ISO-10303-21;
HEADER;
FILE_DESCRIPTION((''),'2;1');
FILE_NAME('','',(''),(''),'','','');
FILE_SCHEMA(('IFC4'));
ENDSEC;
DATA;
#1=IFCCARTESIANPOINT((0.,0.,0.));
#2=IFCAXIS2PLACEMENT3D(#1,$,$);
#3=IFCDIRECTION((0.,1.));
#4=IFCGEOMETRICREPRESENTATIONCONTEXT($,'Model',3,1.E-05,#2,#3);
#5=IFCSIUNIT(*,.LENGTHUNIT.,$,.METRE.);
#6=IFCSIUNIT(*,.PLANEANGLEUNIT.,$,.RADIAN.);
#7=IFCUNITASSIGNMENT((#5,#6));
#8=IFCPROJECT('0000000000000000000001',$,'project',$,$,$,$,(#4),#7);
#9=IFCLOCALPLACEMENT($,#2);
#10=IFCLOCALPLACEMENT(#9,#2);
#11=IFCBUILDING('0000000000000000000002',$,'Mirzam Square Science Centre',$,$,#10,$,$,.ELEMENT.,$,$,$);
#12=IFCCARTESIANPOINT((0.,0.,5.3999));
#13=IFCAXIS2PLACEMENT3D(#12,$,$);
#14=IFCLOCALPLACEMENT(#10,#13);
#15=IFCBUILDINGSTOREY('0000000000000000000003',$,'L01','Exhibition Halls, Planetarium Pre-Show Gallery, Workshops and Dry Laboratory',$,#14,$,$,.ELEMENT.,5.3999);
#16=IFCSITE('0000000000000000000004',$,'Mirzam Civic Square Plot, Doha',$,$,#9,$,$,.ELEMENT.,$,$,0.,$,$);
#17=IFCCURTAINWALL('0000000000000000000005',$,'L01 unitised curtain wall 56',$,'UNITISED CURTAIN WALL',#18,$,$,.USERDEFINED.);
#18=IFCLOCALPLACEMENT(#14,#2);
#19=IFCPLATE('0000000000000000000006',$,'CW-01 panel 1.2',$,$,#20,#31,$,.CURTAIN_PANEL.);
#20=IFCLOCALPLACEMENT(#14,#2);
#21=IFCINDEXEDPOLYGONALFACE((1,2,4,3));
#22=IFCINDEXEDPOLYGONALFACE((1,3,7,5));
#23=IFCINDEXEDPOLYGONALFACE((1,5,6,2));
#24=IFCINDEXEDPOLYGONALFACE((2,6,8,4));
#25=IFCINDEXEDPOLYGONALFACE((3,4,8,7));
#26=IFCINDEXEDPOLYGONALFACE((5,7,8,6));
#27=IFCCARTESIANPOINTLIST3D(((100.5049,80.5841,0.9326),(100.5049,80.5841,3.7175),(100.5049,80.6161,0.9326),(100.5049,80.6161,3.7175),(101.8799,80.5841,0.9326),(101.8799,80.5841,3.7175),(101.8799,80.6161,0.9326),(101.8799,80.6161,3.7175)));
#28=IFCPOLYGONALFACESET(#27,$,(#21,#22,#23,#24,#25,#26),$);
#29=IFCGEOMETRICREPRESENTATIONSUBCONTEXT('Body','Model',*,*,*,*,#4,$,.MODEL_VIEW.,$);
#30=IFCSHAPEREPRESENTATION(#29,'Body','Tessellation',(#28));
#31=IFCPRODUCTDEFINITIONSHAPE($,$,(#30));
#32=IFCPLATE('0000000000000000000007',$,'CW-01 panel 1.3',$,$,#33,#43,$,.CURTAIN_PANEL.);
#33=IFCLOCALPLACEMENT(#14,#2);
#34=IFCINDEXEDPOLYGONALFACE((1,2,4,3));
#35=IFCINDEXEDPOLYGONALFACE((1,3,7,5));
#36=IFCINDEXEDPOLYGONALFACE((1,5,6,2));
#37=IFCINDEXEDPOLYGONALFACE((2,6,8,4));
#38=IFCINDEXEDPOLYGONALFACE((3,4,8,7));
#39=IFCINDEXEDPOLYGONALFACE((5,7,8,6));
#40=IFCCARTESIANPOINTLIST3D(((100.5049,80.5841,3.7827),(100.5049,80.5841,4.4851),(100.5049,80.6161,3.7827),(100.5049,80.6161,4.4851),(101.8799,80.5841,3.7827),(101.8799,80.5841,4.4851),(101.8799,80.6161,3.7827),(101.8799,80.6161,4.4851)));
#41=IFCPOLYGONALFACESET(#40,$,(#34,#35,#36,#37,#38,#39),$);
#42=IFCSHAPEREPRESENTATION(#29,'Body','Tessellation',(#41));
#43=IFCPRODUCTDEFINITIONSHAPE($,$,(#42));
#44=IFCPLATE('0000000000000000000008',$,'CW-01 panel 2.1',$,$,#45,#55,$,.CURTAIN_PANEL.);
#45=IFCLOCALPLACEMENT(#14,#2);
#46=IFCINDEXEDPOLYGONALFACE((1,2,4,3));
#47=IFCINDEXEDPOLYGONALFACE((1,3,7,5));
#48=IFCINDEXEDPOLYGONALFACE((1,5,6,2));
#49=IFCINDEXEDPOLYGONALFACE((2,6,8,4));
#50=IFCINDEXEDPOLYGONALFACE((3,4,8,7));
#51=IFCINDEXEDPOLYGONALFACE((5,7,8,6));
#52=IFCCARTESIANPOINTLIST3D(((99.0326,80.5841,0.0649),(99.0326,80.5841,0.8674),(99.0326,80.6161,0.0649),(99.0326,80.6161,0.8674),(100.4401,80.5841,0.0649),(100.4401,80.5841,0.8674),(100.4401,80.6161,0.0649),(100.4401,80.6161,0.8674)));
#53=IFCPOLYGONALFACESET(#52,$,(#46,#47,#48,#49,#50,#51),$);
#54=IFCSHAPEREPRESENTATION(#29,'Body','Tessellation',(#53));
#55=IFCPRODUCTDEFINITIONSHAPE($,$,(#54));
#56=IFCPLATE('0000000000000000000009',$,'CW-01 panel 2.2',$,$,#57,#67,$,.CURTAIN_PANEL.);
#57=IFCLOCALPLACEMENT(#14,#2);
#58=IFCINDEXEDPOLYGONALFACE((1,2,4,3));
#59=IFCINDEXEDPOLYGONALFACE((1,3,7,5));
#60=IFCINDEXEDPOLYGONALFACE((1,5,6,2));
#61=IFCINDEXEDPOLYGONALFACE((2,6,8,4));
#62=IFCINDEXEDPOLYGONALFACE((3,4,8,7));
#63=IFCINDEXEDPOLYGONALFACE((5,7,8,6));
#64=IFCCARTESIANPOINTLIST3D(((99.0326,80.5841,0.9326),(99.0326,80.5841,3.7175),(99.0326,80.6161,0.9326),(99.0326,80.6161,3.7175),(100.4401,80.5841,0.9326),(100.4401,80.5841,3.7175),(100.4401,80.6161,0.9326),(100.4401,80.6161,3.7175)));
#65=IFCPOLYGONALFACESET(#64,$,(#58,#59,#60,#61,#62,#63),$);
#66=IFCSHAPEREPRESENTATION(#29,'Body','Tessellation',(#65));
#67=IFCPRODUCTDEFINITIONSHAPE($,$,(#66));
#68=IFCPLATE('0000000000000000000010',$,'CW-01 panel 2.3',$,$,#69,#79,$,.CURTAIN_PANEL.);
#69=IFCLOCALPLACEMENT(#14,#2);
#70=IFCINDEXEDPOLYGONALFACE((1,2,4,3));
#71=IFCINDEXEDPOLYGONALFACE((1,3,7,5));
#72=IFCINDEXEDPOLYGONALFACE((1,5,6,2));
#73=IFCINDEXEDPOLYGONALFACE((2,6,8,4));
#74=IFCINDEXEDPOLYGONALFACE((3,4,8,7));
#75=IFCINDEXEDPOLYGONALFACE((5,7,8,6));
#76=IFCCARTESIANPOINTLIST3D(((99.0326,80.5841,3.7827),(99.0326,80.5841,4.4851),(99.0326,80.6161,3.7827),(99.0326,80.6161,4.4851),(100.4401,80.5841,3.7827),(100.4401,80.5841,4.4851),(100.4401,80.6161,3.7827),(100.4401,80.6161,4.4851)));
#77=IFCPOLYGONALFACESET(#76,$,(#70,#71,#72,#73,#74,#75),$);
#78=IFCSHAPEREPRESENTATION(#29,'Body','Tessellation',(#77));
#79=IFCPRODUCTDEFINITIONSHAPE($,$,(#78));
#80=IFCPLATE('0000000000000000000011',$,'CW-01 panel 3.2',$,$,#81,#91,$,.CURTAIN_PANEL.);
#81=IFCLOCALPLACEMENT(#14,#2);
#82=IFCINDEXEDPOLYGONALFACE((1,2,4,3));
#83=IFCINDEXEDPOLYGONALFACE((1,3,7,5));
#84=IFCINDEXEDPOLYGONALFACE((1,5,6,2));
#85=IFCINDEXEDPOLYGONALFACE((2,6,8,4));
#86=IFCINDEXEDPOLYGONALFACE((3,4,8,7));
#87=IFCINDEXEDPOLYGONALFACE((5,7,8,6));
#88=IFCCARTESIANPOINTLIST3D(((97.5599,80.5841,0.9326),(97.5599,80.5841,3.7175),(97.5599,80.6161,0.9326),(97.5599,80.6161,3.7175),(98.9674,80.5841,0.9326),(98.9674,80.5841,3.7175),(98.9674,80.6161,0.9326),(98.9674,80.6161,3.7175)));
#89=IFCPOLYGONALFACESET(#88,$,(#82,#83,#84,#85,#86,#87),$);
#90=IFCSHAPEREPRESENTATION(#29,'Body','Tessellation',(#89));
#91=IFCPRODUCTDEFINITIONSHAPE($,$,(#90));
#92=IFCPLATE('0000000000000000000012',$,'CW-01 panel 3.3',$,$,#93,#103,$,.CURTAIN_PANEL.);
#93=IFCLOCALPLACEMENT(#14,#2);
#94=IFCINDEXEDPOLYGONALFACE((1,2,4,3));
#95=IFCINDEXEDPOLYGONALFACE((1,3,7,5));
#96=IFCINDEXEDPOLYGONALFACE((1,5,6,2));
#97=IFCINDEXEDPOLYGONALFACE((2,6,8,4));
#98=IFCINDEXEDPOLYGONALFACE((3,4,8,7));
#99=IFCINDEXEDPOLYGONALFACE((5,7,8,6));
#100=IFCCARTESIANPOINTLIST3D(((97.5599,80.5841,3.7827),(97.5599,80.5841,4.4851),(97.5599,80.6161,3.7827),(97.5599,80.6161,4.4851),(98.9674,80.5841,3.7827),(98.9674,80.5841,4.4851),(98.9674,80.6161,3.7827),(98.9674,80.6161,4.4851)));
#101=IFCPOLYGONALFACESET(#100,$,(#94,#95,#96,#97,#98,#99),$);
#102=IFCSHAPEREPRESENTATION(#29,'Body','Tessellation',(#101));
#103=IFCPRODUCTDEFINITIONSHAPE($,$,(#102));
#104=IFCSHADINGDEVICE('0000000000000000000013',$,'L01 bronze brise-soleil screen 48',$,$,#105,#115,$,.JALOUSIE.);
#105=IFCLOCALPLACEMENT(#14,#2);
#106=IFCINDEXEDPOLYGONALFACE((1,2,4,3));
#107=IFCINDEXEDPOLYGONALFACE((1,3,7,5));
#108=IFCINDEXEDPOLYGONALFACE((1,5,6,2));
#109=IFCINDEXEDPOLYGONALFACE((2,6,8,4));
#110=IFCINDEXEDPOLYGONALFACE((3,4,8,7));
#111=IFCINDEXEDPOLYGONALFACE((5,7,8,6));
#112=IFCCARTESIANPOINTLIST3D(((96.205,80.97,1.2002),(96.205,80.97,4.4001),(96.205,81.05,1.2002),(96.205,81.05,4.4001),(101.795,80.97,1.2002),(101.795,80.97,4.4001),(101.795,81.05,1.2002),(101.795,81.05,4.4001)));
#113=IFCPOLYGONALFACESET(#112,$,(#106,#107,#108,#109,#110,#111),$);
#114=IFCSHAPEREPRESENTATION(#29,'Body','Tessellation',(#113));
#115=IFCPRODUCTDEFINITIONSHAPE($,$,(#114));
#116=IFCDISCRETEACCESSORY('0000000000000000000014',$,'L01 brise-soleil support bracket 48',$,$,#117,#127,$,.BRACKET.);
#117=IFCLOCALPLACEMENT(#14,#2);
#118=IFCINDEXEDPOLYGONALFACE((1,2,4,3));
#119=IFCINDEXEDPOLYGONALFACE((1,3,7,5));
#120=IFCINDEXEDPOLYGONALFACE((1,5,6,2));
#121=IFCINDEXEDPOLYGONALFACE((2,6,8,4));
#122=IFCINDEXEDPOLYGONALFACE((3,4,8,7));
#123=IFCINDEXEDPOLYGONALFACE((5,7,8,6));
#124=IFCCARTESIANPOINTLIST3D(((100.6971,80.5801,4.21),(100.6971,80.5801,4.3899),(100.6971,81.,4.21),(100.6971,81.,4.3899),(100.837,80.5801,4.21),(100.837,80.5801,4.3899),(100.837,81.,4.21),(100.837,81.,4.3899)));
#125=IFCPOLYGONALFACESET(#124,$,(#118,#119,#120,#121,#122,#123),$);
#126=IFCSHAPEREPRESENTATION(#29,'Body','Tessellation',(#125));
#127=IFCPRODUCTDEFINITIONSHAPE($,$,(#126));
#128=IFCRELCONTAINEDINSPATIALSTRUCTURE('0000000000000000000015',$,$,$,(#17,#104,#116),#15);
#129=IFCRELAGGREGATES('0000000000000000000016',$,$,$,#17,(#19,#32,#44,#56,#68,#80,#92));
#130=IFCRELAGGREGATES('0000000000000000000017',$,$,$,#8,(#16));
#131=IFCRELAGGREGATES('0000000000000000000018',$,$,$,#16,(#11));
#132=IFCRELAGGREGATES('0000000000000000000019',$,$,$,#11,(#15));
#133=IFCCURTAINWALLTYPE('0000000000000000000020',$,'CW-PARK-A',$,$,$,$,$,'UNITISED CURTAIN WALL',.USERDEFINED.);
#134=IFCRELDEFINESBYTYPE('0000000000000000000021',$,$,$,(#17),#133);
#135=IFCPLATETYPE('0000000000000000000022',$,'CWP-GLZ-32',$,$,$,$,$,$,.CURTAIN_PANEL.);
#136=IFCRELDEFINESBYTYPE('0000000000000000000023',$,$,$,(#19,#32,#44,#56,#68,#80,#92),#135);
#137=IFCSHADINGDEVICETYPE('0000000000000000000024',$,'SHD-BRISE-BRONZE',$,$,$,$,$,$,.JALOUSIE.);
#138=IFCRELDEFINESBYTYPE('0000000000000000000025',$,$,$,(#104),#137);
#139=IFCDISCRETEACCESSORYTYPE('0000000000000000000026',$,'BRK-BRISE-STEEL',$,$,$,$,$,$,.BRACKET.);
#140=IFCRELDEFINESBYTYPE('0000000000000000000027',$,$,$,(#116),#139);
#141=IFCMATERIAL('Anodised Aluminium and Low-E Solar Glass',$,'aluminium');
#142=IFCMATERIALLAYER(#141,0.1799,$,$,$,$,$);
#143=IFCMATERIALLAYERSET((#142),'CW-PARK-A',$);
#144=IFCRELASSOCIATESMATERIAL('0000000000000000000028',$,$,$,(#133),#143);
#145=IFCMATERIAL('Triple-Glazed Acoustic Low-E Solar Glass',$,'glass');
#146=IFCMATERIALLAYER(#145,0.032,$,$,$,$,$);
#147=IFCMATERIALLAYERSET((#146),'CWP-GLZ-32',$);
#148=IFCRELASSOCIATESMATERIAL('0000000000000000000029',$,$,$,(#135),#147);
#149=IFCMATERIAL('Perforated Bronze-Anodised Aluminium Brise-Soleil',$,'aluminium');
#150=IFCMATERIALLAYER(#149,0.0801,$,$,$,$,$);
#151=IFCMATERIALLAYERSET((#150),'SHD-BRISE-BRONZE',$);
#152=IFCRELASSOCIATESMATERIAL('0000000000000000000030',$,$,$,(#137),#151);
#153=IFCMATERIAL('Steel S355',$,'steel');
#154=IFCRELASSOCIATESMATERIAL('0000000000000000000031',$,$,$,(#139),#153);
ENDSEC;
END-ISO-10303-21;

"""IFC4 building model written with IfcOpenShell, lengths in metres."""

from ifc_helpers import new_model, si_unit, direction, frame, origin, origin_2d, place, context, subcontext, project, spatial, rectangle, extrude, material, layer, layer_set, type_object, element, aggregate, save


model = new_model("IFC4")

# Units and contexts
model_context = context("Model", 3, precision=1e-05, world=origin(), true_north=direction((0.0, 1.0)))
body_context = subcontext(model_context, "Body", "Model", "MODEL_VIEW")
ifc_project = project(units=[si_unit("LENGTHUNIT", "METRE"), si_unit("PLANEANGLEUNIT", "RADIAN")], contexts=[model_context])

# Site, building, storey
site_placement = place(None, origin())
site = spatial("IfcSite", under=ifc_project, at=site_placement, Name="Mirzam Civic Square Plot, Doha", CompositionType="ELEMENT", RefElevation=0.0)
building_placement = place(site_placement, origin())
building = spatial("IfcBuilding", under=site, at=building_placement, Name="Mirzam Square Science Centre", CompositionType="ELEMENT")
storey_placement = place(building_placement, frame((0.0, 0.0, 5.3999)))
storey = spatial("IfcBuildingStorey", under=building, at=storey_placement, Name="L01", Description="Exhibition Halls, Planetarium Pre-Show Gallery, Workshops and Dry Laboratory", CompositionType="ELEMENT", Elevation=5.3999)

# Curtain wall, plates
ifc_material_1 = material(Name="Anodised Aluminium and Low-E Solar Glass", Category="aluminium")
ifc_layer_1 = layer(ifc_material_1, 0.1799)
ifc_layer_set_1 = layer_set([ifc_layer_1], Name="CW-PARK-A")
curtain_wall_type = type_object("IfcCurtainWallType", Name="CW-PARK-A", ElementType="UNITISED CURTAIN WALL", PredefinedType="USERDEFINED", material=ifc_layer_set_1)
curtain_wall_placement = place(storey_placement, origin())
curtain_wall = element("IfcCurtainWall", 1, at=curtain_wall_placement, inside=storey, type_object=curtain_wall_type, Name="L01 unitised curtain wall 56", ObjectType="UNITISED CURTAIN WALL", PredefinedType="USERDEFINED")
ifc_material_2 = material(Name="Triple-Glazed Acoustic Low-E Solar Glass", Category="glass")
ifc_layer_2 = layer(ifc_material_2, 0.032)
ifc_layer_set_2 = layer_set([ifc_layer_2], Name="CWP-GLZ-32")
plate_type = type_object("IfcPlateType", Name="CWP-GLZ-32", PredefinedType="CURTAIN_PANEL", material=ifc_layer_set_2)
plate_1_placement = place(storey_placement, frame((101.1924, 80.6001, 0.9326), z_axis=(0.0, 0.0, 1.0), x_axis=(-1.0, 0.0, 0.0)))
plate_1 = element("IfcPlate", 2, at=plate_1_placement, type_object=plate_type, Name="CW-01 panel 1.2", PredefinedType="CURTAIN_PANEL", context=body_context, shape_type="SweptSolid", body=[
    extrude(rectangle(XDim=1.375, YDim=0.032, at=origin_2d()), origin(), (0.0, 0.0, 1.0), 2.7849),
])
plate_2_placement = place(storey_placement, frame((101.1924, 80.6001, 3.7827), z_axis=(0.0, 0.0, 1.0), x_axis=(-1.0, 0.0, 0.0)))
plate_2 = element("IfcPlate", 3, at=plate_2_placement, type_object=plate_type, Name="CW-01 panel 1.3", PredefinedType="CURTAIN_PANEL", context=body_context, shape_type="SweptSolid", body=[
    extrude(rectangle(XDim=1.375, YDim=0.032, at=origin_2d()), origin(), (0.0, 0.0, 1.0), 0.7024),
])
plate_3_placement = place(storey_placement, frame((99.7363, 80.6001, 0.0649), z_axis=(0.0, 0.0, 1.0), x_axis=(-1.0, 0.0, 0.0)))
plate_3 = element("IfcPlate", 4, at=plate_3_placement, type_object=plate_type, Name="CW-01 panel 2.1", PredefinedType="CURTAIN_PANEL", context=body_context, shape_type="SweptSolid", body=[
    extrude(rectangle(XDim=1.4075, YDim=0.032, at=origin_2d()), origin(), (0.0, 0.0, 1.0), 0.8025),
])
plate_4_placement = place(storey_placement, frame((99.7363, 80.6001, 0.9326), z_axis=(0.0, 0.0, 1.0), x_axis=(-1.0, 0.0, 0.0)))
plate_4 = element("IfcPlate", 5, at=plate_4_placement, type_object=plate_type, Name="CW-01 panel 2.2", PredefinedType="CURTAIN_PANEL", context=body_context, shape_type="SweptSolid", body=[
    extrude(rectangle(XDim=1.4075, YDim=0.032, at=origin_2d()), origin(), (0.0, 0.0, 1.0), 2.7849),
])
plate_5_placement = place(storey_placement, frame((99.7363, 80.6001, 3.7827), z_axis=(0.0, 0.0, 1.0), x_axis=(-1.0, 0.0, 0.0)))
plate_5 = element("IfcPlate", 6, at=plate_5_placement, type_object=plate_type, Name="CW-01 panel 2.3", PredefinedType="CURTAIN_PANEL", context=body_context, shape_type="SweptSolid", body=[
    extrude(rectangle(XDim=1.4075, YDim=0.032, at=origin_2d()), origin(), (0.0, 0.0, 1.0), 0.7024),
])
plate_6_placement = place(storey_placement, frame((98.2637, 80.6001, 0.9326), z_axis=(0.0, 0.0, 1.0), x_axis=(-1.0, 0.0, 0.0)))
plate_6 = element("IfcPlate", 7, at=plate_6_placement, type_object=plate_type, Name="CW-01 panel 3.2", PredefinedType="CURTAIN_PANEL", context=body_context, shape_type="SweptSolid", body=[
    extrude(rectangle(XDim=1.4075, YDim=0.032, at=origin_2d()), origin(), (0.0, 0.0, 1.0), 2.7849),
])
plate_7_placement = place(storey_placement, frame((98.2637, 80.6001, 3.7827), z_axis=(0.0, 0.0, 1.0), x_axis=(-1.0, 0.0, 0.0)))
plate_7 = element("IfcPlate", 8, at=plate_7_placement, type_object=plate_type, Name="CW-01 panel 3.3", PredefinedType="CURTAIN_PANEL", context=body_context, shape_type="SweptSolid", body=[
    extrude(rectangle(XDim=1.4075, YDim=0.032, at=origin_2d()), origin(), (0.0, 0.0, 1.0), 0.7024),
])
aggregate(curtain_wall, [plate_1, plate_2, plate_3, plate_4, plate_5, plate_6, plate_7])

# Shading device
ifc_material_3 = material(Name="Perforated Bronze-Anodised Aluminium Brise-Soleil", Category="aluminium")
ifc_layer_3 = layer(ifc_material_3, 0.0801)
ifc_layer_set_3 = layer_set([ifc_layer_3], Name="SHD-BRISE-BRONZE")
shading_device_type = type_object("IfcShadingDeviceType", Name="SHD-BRISE-BRONZE", PredefinedType="JALOUSIE", material=ifc_layer_set_3)
shading_device_placement = place(storey_placement, frame((99.0, 81.01, 1.2002), z_axis=(0.0, 0.0, 1.0), x_axis=(-1.0, 0.0, 0.0)))
element("IfcShadingDevice", 9, at=shading_device_placement, inside=storey, type_object=shading_device_type, Name="L01 bronze brise-soleil screen 48", PredefinedType="JALOUSIE", context=body_context, shape_type="SweptSolid", body=[
    extrude(rectangle(XDim=5.5901, YDim=0.0801, at=origin_2d()), origin(), (0.0, 0.0, 1.0), 3.2),
])

# Discrete accessory
ifc_material_4 = material(Name="Steel S355", Category="steel")
discrete_accessory_type = type_object("IfcDiscreteAccessoryType", Name="BRK-BRISE-STEEL", PredefinedType="BRACKET", material=ifc_material_4)
discrete_accessory_placement = place(storey_placement, frame((100.7671, 80.79, 4.21), z_axis=(0.0, 0.0, 1.0), x_axis=(-1.0, 0.0, 0.0)))
element("IfcDiscreteAccessory", 10, at=discrete_accessory_placement, inside=storey, type_object=discrete_accessory_type, Name="L01 brise-soleil support bracket 48", PredefinedType="BRACKET", context=body_context, shape_type="SweptSolid", body=[
    extrude(rectangle(XDim=0.1399, YDim=0.4199, at=origin_2d()), origin(), (0.0, 0.0, 1.0), 0.1799),
])

save(model, "model.ifc")
